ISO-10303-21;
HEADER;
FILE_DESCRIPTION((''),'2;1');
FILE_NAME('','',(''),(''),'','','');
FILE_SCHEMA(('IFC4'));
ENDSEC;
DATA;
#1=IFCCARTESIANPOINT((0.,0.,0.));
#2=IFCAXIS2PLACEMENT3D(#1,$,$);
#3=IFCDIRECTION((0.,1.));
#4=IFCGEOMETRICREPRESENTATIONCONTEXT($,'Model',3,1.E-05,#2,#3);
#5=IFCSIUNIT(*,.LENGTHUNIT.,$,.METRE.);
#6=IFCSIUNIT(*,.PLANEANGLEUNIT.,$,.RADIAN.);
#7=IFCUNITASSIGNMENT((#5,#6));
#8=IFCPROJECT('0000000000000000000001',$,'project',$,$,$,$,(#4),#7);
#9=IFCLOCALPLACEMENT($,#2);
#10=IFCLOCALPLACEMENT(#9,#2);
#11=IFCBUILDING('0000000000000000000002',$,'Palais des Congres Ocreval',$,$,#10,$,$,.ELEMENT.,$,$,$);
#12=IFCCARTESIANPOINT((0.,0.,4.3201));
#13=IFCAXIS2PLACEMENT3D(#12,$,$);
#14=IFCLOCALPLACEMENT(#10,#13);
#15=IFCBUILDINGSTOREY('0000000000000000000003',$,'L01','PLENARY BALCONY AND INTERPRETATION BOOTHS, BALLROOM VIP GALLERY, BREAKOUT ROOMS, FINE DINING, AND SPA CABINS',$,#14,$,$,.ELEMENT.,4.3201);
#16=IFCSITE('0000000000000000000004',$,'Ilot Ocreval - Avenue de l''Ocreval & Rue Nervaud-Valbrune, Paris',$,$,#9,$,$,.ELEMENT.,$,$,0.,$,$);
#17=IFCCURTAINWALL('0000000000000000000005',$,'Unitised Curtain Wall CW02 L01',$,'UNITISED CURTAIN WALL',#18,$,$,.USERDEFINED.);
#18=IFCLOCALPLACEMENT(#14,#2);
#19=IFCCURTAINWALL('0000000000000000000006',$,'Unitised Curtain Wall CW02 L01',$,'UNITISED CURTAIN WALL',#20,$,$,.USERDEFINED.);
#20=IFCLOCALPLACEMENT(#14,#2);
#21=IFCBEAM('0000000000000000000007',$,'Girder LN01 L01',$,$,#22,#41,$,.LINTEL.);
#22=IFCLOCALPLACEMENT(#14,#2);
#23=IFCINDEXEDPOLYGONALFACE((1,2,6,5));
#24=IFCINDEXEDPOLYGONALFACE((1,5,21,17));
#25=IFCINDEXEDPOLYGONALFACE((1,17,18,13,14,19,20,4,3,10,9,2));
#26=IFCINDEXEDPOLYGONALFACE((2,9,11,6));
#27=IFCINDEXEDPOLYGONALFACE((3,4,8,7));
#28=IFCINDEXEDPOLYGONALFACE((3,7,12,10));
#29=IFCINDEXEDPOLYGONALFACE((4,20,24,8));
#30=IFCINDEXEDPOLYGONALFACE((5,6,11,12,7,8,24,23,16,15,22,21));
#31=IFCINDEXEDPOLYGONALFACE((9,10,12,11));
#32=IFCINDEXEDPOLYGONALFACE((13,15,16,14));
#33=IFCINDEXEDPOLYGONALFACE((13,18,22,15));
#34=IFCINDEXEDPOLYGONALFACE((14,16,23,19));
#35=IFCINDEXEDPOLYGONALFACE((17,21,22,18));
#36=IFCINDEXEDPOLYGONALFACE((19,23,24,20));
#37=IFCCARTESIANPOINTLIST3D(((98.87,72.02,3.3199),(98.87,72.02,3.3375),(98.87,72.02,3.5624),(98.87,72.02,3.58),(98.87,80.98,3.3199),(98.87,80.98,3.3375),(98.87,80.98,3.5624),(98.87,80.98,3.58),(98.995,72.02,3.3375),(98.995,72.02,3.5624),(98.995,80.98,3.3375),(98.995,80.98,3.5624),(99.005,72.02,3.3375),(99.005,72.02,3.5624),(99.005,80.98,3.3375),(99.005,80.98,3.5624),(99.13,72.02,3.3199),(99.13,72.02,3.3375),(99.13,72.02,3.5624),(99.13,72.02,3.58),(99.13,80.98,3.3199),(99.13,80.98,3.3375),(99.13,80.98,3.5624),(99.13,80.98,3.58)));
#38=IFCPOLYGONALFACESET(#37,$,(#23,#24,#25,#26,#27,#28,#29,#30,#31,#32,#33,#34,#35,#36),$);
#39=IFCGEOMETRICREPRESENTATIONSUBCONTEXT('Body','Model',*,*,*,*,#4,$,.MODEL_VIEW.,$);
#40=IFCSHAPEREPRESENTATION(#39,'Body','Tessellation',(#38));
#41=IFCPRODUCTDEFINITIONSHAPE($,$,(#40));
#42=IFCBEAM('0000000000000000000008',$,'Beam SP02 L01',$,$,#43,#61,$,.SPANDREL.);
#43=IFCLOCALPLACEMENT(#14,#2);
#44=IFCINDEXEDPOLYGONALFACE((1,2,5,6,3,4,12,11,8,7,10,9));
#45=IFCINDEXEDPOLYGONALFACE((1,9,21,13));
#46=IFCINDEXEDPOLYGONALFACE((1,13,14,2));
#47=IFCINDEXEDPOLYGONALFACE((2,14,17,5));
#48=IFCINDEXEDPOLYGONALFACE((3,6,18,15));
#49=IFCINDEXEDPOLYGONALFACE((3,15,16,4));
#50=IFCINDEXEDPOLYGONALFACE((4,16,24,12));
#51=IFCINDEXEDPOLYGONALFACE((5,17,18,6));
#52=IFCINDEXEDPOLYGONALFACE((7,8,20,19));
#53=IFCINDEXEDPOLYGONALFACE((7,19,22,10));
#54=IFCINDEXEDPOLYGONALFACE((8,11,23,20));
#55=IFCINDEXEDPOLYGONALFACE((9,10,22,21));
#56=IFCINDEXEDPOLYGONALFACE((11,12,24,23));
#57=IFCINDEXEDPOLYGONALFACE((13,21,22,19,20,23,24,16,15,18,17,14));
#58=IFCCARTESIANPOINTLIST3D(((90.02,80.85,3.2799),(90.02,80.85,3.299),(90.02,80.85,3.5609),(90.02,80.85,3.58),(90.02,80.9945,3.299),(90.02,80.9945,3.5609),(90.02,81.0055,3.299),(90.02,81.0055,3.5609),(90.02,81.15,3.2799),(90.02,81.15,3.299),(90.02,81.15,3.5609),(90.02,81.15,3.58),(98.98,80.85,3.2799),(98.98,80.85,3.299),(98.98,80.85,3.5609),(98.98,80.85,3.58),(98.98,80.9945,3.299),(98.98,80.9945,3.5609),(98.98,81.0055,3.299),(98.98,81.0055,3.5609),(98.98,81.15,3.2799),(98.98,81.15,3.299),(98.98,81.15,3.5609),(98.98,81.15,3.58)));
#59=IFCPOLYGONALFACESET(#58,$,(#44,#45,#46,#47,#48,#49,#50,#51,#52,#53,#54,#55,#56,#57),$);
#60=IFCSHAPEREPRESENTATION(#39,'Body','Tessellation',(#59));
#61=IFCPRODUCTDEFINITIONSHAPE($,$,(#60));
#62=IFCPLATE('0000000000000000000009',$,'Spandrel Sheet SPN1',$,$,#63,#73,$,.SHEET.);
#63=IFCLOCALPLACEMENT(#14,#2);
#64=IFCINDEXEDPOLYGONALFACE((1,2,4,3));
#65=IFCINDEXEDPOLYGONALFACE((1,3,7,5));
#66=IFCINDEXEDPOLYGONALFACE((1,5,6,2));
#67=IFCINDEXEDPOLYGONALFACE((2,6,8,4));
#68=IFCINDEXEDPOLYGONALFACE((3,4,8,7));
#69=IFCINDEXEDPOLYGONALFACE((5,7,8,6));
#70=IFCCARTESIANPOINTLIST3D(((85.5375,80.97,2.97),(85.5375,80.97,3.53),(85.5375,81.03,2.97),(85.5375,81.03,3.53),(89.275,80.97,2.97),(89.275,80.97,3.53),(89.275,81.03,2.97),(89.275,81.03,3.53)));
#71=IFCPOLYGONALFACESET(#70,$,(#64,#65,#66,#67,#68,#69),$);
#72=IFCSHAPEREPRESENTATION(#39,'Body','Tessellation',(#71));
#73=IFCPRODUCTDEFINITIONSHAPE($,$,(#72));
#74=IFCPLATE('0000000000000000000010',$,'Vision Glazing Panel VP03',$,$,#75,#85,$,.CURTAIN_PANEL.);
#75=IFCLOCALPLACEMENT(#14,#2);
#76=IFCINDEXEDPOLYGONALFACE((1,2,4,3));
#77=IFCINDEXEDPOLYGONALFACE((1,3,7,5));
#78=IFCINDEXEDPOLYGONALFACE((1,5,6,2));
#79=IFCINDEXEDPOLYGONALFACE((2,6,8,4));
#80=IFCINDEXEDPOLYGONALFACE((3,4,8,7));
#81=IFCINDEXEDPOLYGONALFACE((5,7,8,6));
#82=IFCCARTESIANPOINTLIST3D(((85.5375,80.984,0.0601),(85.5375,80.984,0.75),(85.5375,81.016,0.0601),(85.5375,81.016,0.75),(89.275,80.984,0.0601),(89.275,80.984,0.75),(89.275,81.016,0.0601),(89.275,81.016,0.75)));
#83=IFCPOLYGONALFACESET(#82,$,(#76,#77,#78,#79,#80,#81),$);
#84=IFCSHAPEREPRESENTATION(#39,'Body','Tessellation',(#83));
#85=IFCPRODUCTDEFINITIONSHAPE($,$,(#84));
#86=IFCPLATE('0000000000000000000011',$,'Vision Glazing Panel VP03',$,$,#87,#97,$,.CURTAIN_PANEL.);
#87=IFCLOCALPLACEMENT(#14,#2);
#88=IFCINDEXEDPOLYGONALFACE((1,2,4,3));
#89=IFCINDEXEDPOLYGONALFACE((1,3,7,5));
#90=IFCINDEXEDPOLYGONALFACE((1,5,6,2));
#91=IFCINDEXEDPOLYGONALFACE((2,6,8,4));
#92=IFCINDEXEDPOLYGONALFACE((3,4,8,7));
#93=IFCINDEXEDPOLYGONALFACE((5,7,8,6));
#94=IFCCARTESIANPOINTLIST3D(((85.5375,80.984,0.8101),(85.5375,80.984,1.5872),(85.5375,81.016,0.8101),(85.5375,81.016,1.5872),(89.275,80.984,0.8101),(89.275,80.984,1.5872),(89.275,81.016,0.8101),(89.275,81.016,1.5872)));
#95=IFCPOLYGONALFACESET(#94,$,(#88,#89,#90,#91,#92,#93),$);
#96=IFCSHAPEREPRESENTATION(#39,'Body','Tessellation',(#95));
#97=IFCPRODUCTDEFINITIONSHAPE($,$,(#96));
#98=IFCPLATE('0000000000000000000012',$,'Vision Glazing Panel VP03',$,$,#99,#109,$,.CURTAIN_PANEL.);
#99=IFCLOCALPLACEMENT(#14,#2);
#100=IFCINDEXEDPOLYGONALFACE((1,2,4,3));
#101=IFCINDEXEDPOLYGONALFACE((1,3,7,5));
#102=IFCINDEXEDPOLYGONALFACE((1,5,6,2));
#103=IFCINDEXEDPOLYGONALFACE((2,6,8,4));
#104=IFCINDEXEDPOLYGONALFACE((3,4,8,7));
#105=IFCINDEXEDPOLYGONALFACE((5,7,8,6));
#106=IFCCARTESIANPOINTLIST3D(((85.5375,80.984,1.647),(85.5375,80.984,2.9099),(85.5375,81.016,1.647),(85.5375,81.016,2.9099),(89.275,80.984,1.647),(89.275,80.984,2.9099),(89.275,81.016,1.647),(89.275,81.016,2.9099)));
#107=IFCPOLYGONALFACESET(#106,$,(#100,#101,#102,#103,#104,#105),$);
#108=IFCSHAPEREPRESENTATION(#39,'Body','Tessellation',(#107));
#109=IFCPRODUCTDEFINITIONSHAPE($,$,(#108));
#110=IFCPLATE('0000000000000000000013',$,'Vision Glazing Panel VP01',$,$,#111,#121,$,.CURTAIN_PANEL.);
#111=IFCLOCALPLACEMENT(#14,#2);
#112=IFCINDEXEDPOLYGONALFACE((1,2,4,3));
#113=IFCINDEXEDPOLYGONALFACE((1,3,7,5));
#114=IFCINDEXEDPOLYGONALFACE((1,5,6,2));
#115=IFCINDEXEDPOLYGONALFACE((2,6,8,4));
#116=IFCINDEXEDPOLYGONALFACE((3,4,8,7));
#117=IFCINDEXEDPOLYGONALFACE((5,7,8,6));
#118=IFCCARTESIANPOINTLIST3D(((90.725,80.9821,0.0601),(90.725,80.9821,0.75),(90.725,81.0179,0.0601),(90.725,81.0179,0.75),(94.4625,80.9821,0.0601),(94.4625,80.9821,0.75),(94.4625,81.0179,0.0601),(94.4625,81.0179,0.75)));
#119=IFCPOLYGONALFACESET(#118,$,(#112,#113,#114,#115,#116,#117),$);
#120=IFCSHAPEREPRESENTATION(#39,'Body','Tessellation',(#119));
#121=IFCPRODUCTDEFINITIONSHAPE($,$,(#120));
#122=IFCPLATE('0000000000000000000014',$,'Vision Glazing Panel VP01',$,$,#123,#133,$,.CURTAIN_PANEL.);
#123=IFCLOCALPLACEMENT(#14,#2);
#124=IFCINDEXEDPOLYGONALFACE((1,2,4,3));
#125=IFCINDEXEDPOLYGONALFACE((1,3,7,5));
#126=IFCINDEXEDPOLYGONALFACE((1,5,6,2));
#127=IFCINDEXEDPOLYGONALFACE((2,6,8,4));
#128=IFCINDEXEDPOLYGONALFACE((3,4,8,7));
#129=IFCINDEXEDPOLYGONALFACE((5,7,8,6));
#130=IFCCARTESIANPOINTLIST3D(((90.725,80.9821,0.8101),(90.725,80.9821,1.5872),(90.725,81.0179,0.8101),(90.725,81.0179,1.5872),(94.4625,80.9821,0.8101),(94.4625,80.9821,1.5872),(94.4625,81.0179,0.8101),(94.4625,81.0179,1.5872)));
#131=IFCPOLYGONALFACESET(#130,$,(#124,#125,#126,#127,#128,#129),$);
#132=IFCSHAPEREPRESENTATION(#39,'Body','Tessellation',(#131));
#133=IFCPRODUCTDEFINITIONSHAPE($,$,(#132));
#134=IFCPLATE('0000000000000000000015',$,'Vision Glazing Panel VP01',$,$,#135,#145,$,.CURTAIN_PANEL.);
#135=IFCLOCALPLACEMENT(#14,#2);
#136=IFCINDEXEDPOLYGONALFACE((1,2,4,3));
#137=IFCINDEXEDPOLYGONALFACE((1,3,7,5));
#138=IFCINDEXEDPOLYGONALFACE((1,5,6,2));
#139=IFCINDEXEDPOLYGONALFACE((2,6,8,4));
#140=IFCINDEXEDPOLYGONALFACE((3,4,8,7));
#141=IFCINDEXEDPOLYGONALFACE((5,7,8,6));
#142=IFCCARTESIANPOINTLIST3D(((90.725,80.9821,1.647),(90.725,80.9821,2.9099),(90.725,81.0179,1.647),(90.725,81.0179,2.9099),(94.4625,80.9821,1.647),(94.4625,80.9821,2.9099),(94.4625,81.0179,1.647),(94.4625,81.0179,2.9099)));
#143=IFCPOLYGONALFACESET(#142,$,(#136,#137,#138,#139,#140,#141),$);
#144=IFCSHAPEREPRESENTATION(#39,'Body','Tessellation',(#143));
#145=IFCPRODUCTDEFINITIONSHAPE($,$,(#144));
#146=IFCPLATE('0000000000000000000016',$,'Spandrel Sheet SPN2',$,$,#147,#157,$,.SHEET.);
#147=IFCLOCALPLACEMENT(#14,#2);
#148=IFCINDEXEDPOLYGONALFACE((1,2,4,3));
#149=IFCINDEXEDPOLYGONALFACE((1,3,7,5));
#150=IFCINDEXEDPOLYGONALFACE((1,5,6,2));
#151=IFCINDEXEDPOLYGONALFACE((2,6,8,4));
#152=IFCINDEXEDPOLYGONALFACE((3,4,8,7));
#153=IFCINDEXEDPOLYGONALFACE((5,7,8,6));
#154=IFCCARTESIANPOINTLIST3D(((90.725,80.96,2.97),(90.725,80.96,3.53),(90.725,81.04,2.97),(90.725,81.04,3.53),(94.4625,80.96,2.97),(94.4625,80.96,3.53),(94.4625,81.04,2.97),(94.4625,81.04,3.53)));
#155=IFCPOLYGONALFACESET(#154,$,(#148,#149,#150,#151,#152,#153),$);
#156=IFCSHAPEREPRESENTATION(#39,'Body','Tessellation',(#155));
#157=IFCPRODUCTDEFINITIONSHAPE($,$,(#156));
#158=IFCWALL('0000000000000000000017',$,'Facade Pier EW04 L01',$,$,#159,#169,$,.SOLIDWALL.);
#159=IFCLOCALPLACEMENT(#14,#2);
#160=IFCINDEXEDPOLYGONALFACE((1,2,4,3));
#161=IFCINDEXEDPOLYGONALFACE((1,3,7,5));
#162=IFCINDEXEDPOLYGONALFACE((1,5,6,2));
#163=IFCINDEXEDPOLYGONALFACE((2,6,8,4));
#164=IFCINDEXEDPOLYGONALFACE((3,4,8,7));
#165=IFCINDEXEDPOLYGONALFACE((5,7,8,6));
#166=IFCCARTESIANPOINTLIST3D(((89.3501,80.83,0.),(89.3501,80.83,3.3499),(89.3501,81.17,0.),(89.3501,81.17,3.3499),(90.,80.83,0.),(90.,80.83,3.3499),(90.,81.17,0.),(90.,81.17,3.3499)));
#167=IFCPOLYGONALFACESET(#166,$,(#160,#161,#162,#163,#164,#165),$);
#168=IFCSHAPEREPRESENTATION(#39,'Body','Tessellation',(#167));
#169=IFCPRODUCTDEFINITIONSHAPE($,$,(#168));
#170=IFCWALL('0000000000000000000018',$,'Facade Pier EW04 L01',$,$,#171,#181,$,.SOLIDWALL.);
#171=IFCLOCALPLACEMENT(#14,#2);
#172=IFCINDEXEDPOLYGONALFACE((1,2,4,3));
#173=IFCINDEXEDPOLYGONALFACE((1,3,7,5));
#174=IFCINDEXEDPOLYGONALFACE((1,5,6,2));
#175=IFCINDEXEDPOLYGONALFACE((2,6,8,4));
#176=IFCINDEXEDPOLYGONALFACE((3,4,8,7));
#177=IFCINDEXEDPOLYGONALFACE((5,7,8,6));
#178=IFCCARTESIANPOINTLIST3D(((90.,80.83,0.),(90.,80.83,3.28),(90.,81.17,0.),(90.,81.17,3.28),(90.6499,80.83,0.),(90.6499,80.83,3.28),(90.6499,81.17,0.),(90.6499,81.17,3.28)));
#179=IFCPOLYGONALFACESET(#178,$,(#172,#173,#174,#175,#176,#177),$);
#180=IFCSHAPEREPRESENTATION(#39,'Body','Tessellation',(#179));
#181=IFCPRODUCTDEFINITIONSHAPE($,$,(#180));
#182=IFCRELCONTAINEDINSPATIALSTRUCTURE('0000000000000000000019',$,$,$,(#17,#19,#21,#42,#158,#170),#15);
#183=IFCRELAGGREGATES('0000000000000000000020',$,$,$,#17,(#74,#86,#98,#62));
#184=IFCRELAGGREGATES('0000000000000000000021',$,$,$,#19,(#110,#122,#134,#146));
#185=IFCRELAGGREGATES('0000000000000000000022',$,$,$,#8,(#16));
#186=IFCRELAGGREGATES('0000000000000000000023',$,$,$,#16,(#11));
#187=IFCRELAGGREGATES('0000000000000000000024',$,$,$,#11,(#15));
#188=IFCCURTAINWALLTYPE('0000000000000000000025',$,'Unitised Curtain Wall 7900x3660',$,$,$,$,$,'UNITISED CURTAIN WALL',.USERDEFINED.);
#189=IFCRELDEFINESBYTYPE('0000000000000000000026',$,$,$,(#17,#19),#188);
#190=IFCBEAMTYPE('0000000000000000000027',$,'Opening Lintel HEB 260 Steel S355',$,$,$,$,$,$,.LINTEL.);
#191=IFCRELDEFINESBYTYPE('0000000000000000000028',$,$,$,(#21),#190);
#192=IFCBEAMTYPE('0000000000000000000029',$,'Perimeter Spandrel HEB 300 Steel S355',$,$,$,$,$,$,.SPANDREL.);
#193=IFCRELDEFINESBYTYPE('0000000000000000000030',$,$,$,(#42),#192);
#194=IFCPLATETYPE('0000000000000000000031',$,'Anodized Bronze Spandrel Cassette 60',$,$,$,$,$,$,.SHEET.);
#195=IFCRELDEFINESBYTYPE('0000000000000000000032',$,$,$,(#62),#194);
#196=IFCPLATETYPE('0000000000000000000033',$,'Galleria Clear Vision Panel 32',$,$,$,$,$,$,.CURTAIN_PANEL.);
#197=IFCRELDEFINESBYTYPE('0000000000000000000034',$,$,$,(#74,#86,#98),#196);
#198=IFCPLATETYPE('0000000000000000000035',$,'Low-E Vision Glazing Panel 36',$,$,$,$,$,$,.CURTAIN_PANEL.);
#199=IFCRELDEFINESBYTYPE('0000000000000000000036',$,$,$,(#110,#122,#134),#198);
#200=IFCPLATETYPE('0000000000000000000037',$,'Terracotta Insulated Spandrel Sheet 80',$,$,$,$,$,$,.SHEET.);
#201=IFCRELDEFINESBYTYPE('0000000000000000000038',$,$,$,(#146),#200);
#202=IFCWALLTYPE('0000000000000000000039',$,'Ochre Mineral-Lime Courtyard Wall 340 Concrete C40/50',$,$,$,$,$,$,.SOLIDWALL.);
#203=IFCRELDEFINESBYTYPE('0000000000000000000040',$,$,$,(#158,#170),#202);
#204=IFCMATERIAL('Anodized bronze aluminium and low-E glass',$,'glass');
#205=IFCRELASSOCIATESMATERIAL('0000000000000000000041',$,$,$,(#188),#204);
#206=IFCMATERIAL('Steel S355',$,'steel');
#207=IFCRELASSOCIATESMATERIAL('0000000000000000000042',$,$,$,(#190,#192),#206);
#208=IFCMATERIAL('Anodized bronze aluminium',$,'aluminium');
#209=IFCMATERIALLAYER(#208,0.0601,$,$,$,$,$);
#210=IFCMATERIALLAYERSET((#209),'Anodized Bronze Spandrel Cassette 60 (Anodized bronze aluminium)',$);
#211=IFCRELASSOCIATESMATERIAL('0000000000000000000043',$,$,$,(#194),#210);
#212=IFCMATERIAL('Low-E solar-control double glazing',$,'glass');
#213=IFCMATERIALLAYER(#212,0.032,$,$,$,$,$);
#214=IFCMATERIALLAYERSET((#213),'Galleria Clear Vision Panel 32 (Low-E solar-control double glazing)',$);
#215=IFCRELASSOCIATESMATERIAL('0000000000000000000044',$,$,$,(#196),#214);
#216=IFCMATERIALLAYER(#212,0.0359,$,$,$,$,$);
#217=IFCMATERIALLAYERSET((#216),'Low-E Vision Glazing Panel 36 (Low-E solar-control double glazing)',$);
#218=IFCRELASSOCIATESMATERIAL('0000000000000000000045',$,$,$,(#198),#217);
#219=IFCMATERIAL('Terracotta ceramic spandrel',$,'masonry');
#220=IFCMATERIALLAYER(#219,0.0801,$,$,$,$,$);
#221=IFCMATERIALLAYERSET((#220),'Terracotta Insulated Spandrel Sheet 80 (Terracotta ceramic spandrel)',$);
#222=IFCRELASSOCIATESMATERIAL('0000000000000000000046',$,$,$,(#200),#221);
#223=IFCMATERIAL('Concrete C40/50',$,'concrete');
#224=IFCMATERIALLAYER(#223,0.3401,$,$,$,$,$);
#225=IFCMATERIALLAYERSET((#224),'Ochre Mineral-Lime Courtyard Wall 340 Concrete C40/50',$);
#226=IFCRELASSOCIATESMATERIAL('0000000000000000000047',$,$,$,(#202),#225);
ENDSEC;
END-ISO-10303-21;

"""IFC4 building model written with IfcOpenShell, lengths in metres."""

from ifc_helpers import new_model, si_unit, direction, frame, frame_2d, origin, origin_2d, place, context, subcontext, project, spatial, rectangle, i_section, extrude, material, layer, layer_set, material_profile, profile_set, type_object, element, aggregate, save


model = new_model("IFC4")

# Units and contexts
model_context = context("Model", 3, precision=1e-05, world=origin(), true_north=direction((0.0, 1.0)))
body_context = subcontext(model_context, "Body", "Model", "MODEL_VIEW")
ifc_project = project(units=[si_unit("LENGTHUNIT", "METRE"), si_unit("PLANEANGLEUNIT", "RADIAN")], contexts=[model_context])

# Site, building, storey
site_placement = place(None, origin())
site = spatial("IfcSite", under=ifc_project, at=site_placement, Name="Ilot Ocreval - Avenue de l'Ocreval & Rue Nervaud-Valbrune, Paris", CompositionType="ELEMENT", RefElevation=0.0)
building_placement = place(site_placement, origin())
building = spatial("IfcBuilding", under=site, at=building_placement, Name="Palais des Congres Ocreval", CompositionType="ELEMENT")
storey_placement = place(building_placement, frame((0.0, 0.0, 4.3201)))
storey = spatial("IfcBuildingStorey", under=building, at=storey_placement, Name="L01", Description="PLENARY BALCONY AND INTERPRETATION BOOTHS, BALLROOM VIP GALLERY, BREAKOUT ROOMS, FINE DINING, AND SPA CABINS", CompositionType="ELEMENT", Elevation=4.3201)

# Shared definitions
ifc_material_1 = material(Name="Steel S355", Category="steel")

# Curtain wall
ifc_material_2 = material(Name="Anodized bronze aluminium and low-E glass", Category="glass")
curtain_wall_type = type_object("IfcCurtainWallType", Name="Unitised Curtain Wall 7900x3660", ElementType="UNITISED CURTAIN WALL", PredefinedType="USERDEFINED", material=ifc_material_2)
curtain_wall_1_placement = place(storey_placement, origin())
curtain_wall_1 = element("IfcCurtainWall", 1, at=curtain_wall_1_placement, inside=storey, type_object=curtain_wall_type, Name="Unitised Curtain Wall CW02 L01", ObjectType="UNITISED CURTAIN WALL", PredefinedType="USERDEFINED")
ifc_material_3 = material(Name="Anodized bronze aluminium", Category="aluminium")

# Curtain wall
curtain_wall_2_placement = place(storey_placement, origin())
curtain_wall_2 = element("IfcCurtainWall", 2, at=curtain_wall_2_placement, inside=storey, type_object=curtain_wall_type, Name="Unitised Curtain Wall CW02 L01", ObjectType="UNITISED CURTAIN WALL", PredefinedType="USERDEFINED")

# Beams
ifc_material_profile_1 = material_profile(ifc_material_1, i_section(OverallWidth=0.26, OverallDepth=0.26, WebThickness=0.01, FlangeThickness=0.0176, at=origin_2d()), Name="HEB 260")
ifc_profile_set_1 = profile_set([ifc_material_profile_1], Name="Steel S355")
beam_type_1 = type_object("IfcBeamType", Name="Opening Lintel HEB 260 Steel S355", PredefinedType="LINTEL", material=ifc_profile_set_1)
beam_1_placement = place(storey_placement, frame((99.0, 72.02, 3.45), z_axis=(0.0, 1.0, 0.0), x_axis=(-1.0, 0.0, 0.0)))
element("IfcBeam", 3, at=beam_1_placement, inside=storey, type_object=beam_type_1, Name="Girder LN01 L01", PredefinedType="LINTEL", context=body_context, shape_type="SweptSolid", body=[
    extrude(i_section(OverallWidth=0.26, OverallDepth=0.26, WebThickness=0.01, FlangeThickness=0.0176, at=origin_2d()), origin(), (0.0, 0.0, 1.0), 8.96),
])
ifc_material_profile_2 = material_profile(ifc_material_1, i_section(OverallWidth=0.3, OverallDepth=0.3, WebThickness=0.011, FlangeThickness=0.019, at=origin_2d()), Name="HEB 300")
ifc_profile_set_2 = profile_set([ifc_material_profile_2], Name="Steel S355")
beam_type_2 = type_object("IfcBeamType", Name="Perimeter Spandrel HEB 300 Steel S355", PredefinedType="SPANDREL", material=ifc_profile_set_2)
beam_2_placement = place(storey_placement, frame((90.02, 81.0, 3.4299), z_axis=(1.0, 0.0, 0.0), x_axis=(0.0, 1.0, 0.0)))
element("IfcBeam", 4, at=beam_2_placement, inside=storey, type_object=beam_type_2, Name="Beam SP02 L01", PredefinedType="SPANDREL", context=body_context, shape_type="SweptSolid", body=[
    extrude(i_section(OverallWidth=0.3, OverallDepth=0.3, WebThickness=0.011, FlangeThickness=0.019, at=origin_2d()), origin(), (0.0, 0.0, 1.0), 8.96),
])

# Plates
ifc_layer_1 = layer(ifc_material_3, 0.0601)
ifc_layer_set_1 = layer_set([ifc_layer_1], Name="Anodized Bronze Spandrel Cassette 60 (Anodized bronze aluminium)")
plate_type_1 = type_object("IfcPlateType", Name="Anodized Bronze Spandrel Cassette 60", PredefinedType="SHEET", material=ifc_layer_set_1)
plate_1_placement = place(storey_placement, frame((87.4062, 81.0, 2.97), z_axis=(0.0, 0.0, 1.0), x_axis=(1.0, 0.0, 0.0)))
plate_1 = element("IfcPlate", 5, at=plate_1_placement, type_object=plate_type_1, Name="Spandrel Sheet SPN1", PredefinedType="SHEET", context=body_context, shape_type="SweptSolid", body=[
    extrude(rectangle(XDim=3.7375, YDim=0.0601, at=origin_2d()), origin(), (0.0, 0.0, 1.0), 0.5601),
])
ifc_material_4 = material(Name="Low-E solar-control double glazing", Category="glass")
ifc_layer_2 = layer(ifc_material_4, 0.032)
ifc_layer_set_2 = layer_set([ifc_layer_2], Name="Galleria Clear Vision Panel 32 (Low-E solar-control double glazing)")
plate_type_2 = type_object("IfcPlateType", Name="Galleria Clear Vision Panel 32", PredefinedType="CURTAIN_PANEL", material=ifc_layer_set_2)
plate_2_placement = place(storey_placement, frame((87.4062, 81.0, 0.0601), z_axis=(0.0, 0.0, 1.0), x_axis=(1.0, 0.0, 0.0)))
plate_2 = element("IfcPlate", 6, at=plate_2_placement, type_object=plate_type_2, Name="Vision Glazing Panel VP03", PredefinedType="CURTAIN_PANEL", context=body_context, shape_type="SweptSolid", body=[
    extrude(rectangle(XDim=3.7375, YDim=0.032, at=origin_2d()), origin(), (0.0, 0.0, 1.0), 0.6899),
])
plate_3_placement = place(storey_placement, frame((87.4062, 81.0, 0.8101), z_axis=(0.0, 0.0, 1.0), x_axis=(1.0, 0.0, 0.0)))
plate_3 = element("IfcPlate", 7, at=plate_3_placement, type_object=plate_type_2, Name="Vision Glazing Panel VP03", PredefinedType="CURTAIN_PANEL", context=body_context, shape_type="SweptSolid", body=[
    extrude(rectangle(XDim=3.7375, YDim=0.032, at=origin_2d()), origin(), (0.0, 0.0, 1.0), 0.7771),
])
plate_4_placement = place(storey_placement, frame((87.4062, 81.0, 1.647), z_axis=(0.0, 0.0, 1.0), x_axis=(1.0, 0.0, 0.0)))
plate_4 = element("IfcPlate", 8, at=plate_4_placement, type_object=plate_type_2, Name="Vision Glazing Panel VP03", PredefinedType="CURTAIN_PANEL", context=body_context, shape_type="SweptSolid", body=[
    extrude(rectangle(XDim=3.7375, YDim=0.032, at=origin_2d()), origin(), (0.0, 0.0, 1.0), 1.2629),
])
aggregate(curtain_wall_1, [plate_2, plate_3, plate_4, plate_1])
ifc_layer_3 = layer(ifc_material_4, 0.0359)
ifc_layer_set_3 = layer_set([ifc_layer_3], Name="Low-E Vision Glazing Panel 36 (Low-E solar-control double glazing)")
plate_type_3 = type_object("IfcPlateType", Name="Low-E Vision Glazing Panel 36", PredefinedType="CURTAIN_PANEL", material=ifc_layer_set_3)
plate_5_placement = place(storey_placement, frame((92.5938, 81.0, 0.0601), z_axis=(0.0, 0.0, 1.0), x_axis=(1.0, 0.0, 0.0)))
plate_5 = element("IfcPlate", 9, at=plate_5_placement, type_object=plate_type_3, Name="Vision Glazing Panel VP01", PredefinedType="CURTAIN_PANEL", context=body_context, shape_type="SweptSolid", body=[
    extrude(rectangle(XDim=3.7375, YDim=0.0359, at=origin_2d()), origin(), (0.0, 0.0, 1.0), 0.6899),
])
plate_6_placement = place(storey_placement, frame((92.5938, 81.0, 0.8101), z_axis=(0.0, 0.0, 1.0), x_axis=(1.0, 0.0, 0.0)))
plate_6 = element("IfcPlate", 10, at=plate_6_placement, type_object=plate_type_3, Name="Vision Glazing Panel VP01", PredefinedType="CURTAIN_PANEL", context=body_context, shape_type="SweptSolid", body=[
    extrude(rectangle(XDim=3.7375, YDim=0.0359, at=origin_2d()), origin(), (0.0, 0.0, 1.0), 0.7771),
])
plate_7_placement = place(storey_placement, frame((92.5938, 81.0, 1.647), z_axis=(0.0, 0.0, 1.0), x_axis=(1.0, 0.0, 0.0)))
plate_7 = element("IfcPlate", 11, at=plate_7_placement, type_object=plate_type_3, Name="Vision Glazing Panel VP01", PredefinedType="CURTAIN_PANEL", context=body_context, shape_type="SweptSolid", body=[
    extrude(rectangle(XDim=3.7375, YDim=0.0359, at=origin_2d()), origin(), (0.0, 0.0, 1.0), 1.2629),
])
ifc_material_5 = material(Name="Terracotta ceramic spandrel", Category="masonry")
ifc_layer_4 = layer(ifc_material_5, 0.0801)
ifc_layer_set_4 = layer_set([ifc_layer_4], Name="Terracotta Insulated Spandrel Sheet 80 (Terracotta ceramic spandrel)")
plate_type_4 = type_object("IfcPlateType", Name="Terracotta Insulated Spandrel Sheet 80", PredefinedType="SHEET", material=ifc_layer_set_4)
plate_8_placement = place(storey_placement, frame((92.5938, 81.0, 2.97), z_axis=(0.0, 0.0, 1.0), x_axis=(1.0, 0.0, 0.0)))
plate_8 = element("IfcPlate", 12, at=plate_8_placement, type_object=plate_type_4, Name="Spandrel Sheet SPN2", PredefinedType="SHEET", context=body_context, shape_type="SweptSolid", body=[
    extrude(rectangle(XDim=3.7375, YDim=0.0801, at=origin_2d()), origin(), (0.0, 0.0, 1.0), 0.5601),
])
aggregate(curtain_wall_2, [plate_5, plate_6, plate_7, plate_8])

# Walls
ifc_material_6 = material(Name="Concrete C40/50", Category="concrete")
ifc_layer_5 = layer(ifc_material_6, 0.3401)
ifc_layer_set_5 = layer_set([ifc_layer_5], Name="Ochre Mineral-Lime Courtyard Wall 340 Concrete C40/50")
wall_type = type_object("IfcWallType", Name="Ochre Mineral-Lime Courtyard Wall 340 Concrete C40/50", PredefinedType="SOLIDWALL", material=ifc_layer_set_5)
wall_1_placement = place(storey_placement, frame((89.3501, 81.0, 0.0), z_axis=(0.0, 0.0, 1.0), x_axis=(1.0, 0.0, 0.0)))
element("IfcWall", 13, at=wall_1_placement, inside=storey, type_object=wall_type, Name="Facade Pier EW04 L01", PredefinedType="SOLIDWALL", context=body_context, shape_type="SweptSolid", body=[
    extrude(rectangle(XDim=0.6499, YDim=0.3401, at=frame_2d((0.325, 0.0))), origin(), (0.0, 0.0, 1.0), 3.3499),
])
wall_2_placement = place(storey_placement, frame((90.0, 81.0, 0.0), z_axis=(0.0, 0.0, 1.0), x_axis=(1.0, 0.0, 0.0)))
element("IfcWall", 14, at=wall_2_placement, inside=storey, type_object=wall_type, Name="Facade Pier EW04 L01", PredefinedType="SOLIDWALL", context=body_context, shape_type="SweptSolid", body=[
    extrude(rectangle(XDim=0.6499, YDim=0.3401, at=frame_2d((0.325, 0.0))), origin(), (0.0, 0.0, 1.0), 3.28),
])

save(model, "model.ifc")
